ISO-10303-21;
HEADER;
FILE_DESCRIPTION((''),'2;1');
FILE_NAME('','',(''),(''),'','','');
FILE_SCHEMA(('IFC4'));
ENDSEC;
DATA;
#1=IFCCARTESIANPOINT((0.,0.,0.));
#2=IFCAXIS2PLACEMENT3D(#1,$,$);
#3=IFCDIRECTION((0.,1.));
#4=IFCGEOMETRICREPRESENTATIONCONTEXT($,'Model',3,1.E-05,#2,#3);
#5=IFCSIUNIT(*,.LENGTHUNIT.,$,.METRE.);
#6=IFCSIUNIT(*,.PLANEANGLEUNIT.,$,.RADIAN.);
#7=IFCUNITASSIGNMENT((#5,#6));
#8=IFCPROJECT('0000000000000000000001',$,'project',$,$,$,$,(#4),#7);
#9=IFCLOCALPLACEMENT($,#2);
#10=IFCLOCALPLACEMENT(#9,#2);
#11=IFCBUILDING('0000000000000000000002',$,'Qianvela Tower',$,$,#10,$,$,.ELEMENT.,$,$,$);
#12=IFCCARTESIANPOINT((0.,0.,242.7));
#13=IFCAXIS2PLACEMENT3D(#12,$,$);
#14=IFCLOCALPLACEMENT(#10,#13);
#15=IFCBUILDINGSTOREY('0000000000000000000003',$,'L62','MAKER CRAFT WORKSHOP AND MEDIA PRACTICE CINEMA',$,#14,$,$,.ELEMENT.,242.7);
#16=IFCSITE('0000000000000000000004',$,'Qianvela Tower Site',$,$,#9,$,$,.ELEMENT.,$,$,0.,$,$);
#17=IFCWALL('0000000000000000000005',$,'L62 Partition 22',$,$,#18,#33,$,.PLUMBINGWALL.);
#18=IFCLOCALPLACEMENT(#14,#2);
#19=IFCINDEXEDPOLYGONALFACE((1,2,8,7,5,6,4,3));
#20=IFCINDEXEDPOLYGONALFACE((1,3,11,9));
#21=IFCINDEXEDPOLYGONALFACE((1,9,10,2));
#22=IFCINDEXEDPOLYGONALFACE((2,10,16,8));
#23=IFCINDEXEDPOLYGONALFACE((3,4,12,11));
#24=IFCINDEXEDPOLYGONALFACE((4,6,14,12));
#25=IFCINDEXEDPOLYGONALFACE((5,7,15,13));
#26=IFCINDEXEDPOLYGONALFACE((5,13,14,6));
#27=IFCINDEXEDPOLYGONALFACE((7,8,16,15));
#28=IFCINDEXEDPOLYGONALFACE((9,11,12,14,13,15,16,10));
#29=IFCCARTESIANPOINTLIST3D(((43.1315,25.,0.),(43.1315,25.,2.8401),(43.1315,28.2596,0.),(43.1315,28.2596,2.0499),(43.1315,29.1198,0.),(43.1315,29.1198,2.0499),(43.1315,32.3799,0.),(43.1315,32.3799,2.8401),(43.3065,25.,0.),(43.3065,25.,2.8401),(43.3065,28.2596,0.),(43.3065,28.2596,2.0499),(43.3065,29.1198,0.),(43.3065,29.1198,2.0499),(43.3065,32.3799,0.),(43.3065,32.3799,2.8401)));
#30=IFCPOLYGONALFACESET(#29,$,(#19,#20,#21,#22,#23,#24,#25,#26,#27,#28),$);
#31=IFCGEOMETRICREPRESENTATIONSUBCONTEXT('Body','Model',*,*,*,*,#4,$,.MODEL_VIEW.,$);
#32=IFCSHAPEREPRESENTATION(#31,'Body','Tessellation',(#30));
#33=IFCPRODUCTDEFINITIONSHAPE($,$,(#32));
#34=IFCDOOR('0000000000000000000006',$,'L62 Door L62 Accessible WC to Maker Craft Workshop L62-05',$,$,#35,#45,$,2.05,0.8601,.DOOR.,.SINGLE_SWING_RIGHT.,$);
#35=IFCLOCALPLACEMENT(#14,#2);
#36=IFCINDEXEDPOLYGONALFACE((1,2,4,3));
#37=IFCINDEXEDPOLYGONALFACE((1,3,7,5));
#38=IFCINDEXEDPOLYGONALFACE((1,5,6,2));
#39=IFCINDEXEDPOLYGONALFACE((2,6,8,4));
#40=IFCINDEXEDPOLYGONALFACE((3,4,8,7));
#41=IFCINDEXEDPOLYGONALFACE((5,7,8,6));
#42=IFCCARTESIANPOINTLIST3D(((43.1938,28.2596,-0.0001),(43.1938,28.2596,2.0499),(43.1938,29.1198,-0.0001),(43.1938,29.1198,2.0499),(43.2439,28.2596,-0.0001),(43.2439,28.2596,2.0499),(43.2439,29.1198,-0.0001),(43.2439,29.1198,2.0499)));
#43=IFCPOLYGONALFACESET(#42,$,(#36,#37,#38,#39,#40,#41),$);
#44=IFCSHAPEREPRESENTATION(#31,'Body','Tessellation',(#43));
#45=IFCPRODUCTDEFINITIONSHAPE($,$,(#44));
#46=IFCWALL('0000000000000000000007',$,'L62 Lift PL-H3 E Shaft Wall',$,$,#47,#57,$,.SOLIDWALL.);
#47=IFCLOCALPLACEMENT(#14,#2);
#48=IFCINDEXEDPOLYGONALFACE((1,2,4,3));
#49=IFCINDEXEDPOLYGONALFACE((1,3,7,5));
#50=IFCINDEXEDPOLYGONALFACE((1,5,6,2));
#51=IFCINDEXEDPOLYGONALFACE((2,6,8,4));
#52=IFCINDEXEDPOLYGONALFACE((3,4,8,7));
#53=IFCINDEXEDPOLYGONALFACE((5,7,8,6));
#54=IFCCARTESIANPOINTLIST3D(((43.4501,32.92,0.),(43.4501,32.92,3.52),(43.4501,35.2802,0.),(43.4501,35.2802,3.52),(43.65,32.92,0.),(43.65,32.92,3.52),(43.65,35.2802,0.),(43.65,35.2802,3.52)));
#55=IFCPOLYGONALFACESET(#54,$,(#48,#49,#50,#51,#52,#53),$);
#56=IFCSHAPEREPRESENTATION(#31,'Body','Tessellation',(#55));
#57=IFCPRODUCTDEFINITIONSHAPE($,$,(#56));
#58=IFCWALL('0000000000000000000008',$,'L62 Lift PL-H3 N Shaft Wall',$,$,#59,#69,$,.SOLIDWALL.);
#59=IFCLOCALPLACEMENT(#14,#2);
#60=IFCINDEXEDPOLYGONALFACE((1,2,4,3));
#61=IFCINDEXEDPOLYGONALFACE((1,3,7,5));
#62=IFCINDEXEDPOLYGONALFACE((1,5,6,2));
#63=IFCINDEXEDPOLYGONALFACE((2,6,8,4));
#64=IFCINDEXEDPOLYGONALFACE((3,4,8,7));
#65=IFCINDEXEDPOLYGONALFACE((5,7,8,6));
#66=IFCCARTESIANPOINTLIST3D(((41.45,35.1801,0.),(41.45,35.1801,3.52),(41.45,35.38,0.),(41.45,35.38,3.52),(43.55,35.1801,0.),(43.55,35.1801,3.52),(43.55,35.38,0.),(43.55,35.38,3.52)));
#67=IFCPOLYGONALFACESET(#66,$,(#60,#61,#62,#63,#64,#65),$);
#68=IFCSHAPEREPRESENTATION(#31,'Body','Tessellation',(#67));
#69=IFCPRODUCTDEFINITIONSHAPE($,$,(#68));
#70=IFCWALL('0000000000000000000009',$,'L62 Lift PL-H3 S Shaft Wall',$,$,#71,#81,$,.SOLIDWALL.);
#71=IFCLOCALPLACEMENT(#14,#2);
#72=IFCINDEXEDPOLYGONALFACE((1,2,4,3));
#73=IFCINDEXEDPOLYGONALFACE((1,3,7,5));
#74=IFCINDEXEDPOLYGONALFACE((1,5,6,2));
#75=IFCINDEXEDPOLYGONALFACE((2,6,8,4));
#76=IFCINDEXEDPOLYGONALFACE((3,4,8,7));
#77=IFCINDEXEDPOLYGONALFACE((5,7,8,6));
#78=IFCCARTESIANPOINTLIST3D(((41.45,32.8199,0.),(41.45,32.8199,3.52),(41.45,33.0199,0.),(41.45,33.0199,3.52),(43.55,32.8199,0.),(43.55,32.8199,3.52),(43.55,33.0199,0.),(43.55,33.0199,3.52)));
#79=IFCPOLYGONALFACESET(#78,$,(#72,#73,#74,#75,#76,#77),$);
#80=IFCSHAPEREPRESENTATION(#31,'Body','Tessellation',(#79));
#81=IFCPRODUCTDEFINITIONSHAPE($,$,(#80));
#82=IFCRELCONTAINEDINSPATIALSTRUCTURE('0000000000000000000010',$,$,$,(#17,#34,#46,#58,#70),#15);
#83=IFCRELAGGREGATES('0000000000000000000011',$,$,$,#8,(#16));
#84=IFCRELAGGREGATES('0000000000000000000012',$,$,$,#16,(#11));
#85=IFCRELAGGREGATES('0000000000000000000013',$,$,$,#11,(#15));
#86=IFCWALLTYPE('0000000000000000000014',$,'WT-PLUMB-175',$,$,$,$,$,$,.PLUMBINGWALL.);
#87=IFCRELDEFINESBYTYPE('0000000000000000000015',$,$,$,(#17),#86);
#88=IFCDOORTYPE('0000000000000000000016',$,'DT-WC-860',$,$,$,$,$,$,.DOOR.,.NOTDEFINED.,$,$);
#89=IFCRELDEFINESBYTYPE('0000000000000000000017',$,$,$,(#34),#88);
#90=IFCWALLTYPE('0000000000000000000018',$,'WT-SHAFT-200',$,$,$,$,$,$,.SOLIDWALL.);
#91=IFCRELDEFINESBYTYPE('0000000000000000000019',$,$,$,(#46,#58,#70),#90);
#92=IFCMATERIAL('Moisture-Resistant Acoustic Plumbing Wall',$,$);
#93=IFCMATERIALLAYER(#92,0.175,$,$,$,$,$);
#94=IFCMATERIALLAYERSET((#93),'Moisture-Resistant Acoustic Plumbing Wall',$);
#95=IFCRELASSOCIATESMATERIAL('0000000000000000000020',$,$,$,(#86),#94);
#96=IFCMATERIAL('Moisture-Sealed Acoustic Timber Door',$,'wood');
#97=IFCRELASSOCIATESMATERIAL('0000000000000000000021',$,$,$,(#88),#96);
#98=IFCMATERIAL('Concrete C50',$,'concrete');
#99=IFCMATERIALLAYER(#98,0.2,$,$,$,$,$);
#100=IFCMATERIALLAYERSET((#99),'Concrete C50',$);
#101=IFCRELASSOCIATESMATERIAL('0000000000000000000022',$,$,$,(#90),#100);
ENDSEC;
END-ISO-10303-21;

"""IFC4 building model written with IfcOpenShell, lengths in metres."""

from ifc_helpers import new_model, si_unit, direction, frame, frame_2d, origin, place, context, subcontext, project, spatial, rectangle, extrude, material, layer, layer_set, type_object, element, fill, save


model = new_model("IFC4")

# Units and contexts
model_context = context("Model", 3, precision=1e-05, world=origin(), true_north=direction((0.0, 1.0)))
body_context = subcontext(model_context, "Body", "Model", "MODEL_VIEW")
ifc_project = project(units=[si_unit("LENGTHUNIT", "METRE"), si_unit("PLANEANGLEUNIT", "RADIAN")], contexts=[model_context])

# Site, building, storey
site_placement = place(None, origin())
site = spatial("IfcSite", under=ifc_project, at=site_placement, Name="Qianvela Tower Site", CompositionType="ELEMENT", RefElevation=0.0)
building_placement = place(site_placement, origin())
building = spatial("IfcBuilding", under=site, at=building_placement, Name="Qianvela Tower", CompositionType="ELEMENT")
storey_placement = place(building_placement, frame((0.0, 0.0, 242.7)))
storey = spatial("IfcBuildingStorey", under=building, at=storey_placement, Name="L62", Description="MAKER CRAFT WORKSHOP AND MEDIA PRACTICE CINEMA", CompositionType="ELEMENT", Elevation=242.7)

# Shared definitions
ifc_material_1 = material(Name="Moisture-Resistant Acoustic Plumbing Wall")
ifc_layer_1 = layer(ifc_material_1, 0.175)
ifc_layer_set_1 = layer_set([ifc_layer_1], Name="Moisture-Resistant Acoustic Plumbing Wall")
wall_type_1 = type_object("IfcWallType", Name="WT-PLUMB-175", PredefinedType="PLUMBINGWALL", material=ifc_layer_set_1)

# Wall, opening, door
wall_1_placement = place(storey_placement, frame((43.219, 32.3799, 0.0), z_axis=(0.0, 0.0, 1.0), x_axis=(0.0, -1.0, 0.0)))
wall_1 = element("IfcWall", 1, at=wall_1_placement, inside=storey, type_object=wall_type_1, Name="L62 Partition 22", PredefinedType="PLUMBINGWALL", context=body_context, shape_type="SweptSolid", body=[
    extrude(rectangle(XDim=7.3799, YDim=0.175, at=frame_2d((3.6899, 0.0))), origin(), (0.0, 0.0, 1.0), 2.8401),
])
opening_1_placement = place(wall_1_placement, frame((3.26, 0.0, 0.0)))
opening_1 = element("IfcOpeningElement", 2, at=opening_1_placement, cuts=wall_1, PredefinedType="OPENING", context=body_context, shape_type="SweptSolid", body=[
    extrude(rectangle(XDim=0.8601, YDim=2.05, at=frame_2d((0.4302, 1.0249))), frame((0.0, 0.0974, 0.0), z_axis=(0.0, -1.0, 0.0), x_axis=(1.0, 0.0, 0.0)), (0.0, 0.0, 1.0), 0.1951),
])
ifc_material_2 = material(Name="Moisture-Sealed Acoustic Timber Door", Category="wood")
door_type_1 = type_object("IfcDoorType", Name="DT-WC-860", OperationType="NOTDEFINED", PredefinedType="DOOR", material=ifc_material_2)
door_1_placement = place(opening_1_placement, origin())
door_1 = element("IfcDoor", 3, at=door_1_placement, inside=storey, type_object=door_type_1, Name="L62 Door L62 Accessible WC to Maker Craft Workshop L62-05", OperationType="SINGLE_SWING_RIGHT", OverallHeight=2.05, OverallWidth=0.8601, PredefinedType="DOOR", context=body_context, shape_type="SweptSolid", body=[
    extrude(rectangle(XDim=0.8601, YDim=2.05, at=frame_2d((0.4302, 1.0249))), frame((0.0, 0.0249, 0.0), z_axis=(0.0, -1.0, 0.0), x_axis=(1.0, 0.0, 0.0)), (0.0, 0.0, 1.0), 0.05),
])
fill(opening_1, door_1)

# Wall
ifc_material_3 = material(Name="Concrete C50", Category="concrete")
ifc_layer_2 = layer(ifc_material_3, 0.2)
ifc_layer_set_2 = layer_set([ifc_layer_2], Name="Concrete C50")
wall_type_2 = type_object("IfcWallType", Name="WT-SHAFT-200", PredefinedType="SOLIDWALL", material=ifc_layer_set_2)
wall_2_placement = place(storey_placement, frame((43.55, 32.9199, 0.0), z_axis=(0.0, 0.0, 1.0), x_axis=(0.0, 1.0, 0.0)))
element("IfcWall", 4, at=wall_2_placement, inside=storey, type_object=wall_type_2, Name="L62 Lift PL-H3 E Shaft Wall", PredefinedType="SOLIDWALL", context=body_context, shape_type="SweptSolid", body=[
    extrude(rectangle(XDim=2.3601, YDim=0.2, at=frame_2d((1.1802, 0.0))), origin(), (0.0, 0.0, 1.0), 3.52),
])

# Walls
for number, where, z_axis, x_axis, name in (
    (5, (41.45, 35.28, 0.0), (0.0, 0.0, 1.0), (1.0, 0.0, 0.0), "L62 Lift PL-H3 N Shaft Wall"),
    (6, (41.45, 32.9199, 0.0), (0.0, 0.0, 1.0), (1.0, 0.0, 0.0), "L62 Lift PL-H3 S Shaft Wall"),
):
    element("IfcWall", number, at=place(storey_placement, frame(where, z_axis=z_axis, x_axis=x_axis)), inside=storey, type_object=wall_type_2, Name=name, PredefinedType="SOLIDWALL", context=body_context, shape_type="SweptSolid", body=[
        extrude(rectangle(XDim=2.1001, YDim=0.2, at=frame_2d((1.05, 0.0))), origin(), (0.0, 0.0, 1.0), 3.52),
    ])

save(model, "model.ifc")
